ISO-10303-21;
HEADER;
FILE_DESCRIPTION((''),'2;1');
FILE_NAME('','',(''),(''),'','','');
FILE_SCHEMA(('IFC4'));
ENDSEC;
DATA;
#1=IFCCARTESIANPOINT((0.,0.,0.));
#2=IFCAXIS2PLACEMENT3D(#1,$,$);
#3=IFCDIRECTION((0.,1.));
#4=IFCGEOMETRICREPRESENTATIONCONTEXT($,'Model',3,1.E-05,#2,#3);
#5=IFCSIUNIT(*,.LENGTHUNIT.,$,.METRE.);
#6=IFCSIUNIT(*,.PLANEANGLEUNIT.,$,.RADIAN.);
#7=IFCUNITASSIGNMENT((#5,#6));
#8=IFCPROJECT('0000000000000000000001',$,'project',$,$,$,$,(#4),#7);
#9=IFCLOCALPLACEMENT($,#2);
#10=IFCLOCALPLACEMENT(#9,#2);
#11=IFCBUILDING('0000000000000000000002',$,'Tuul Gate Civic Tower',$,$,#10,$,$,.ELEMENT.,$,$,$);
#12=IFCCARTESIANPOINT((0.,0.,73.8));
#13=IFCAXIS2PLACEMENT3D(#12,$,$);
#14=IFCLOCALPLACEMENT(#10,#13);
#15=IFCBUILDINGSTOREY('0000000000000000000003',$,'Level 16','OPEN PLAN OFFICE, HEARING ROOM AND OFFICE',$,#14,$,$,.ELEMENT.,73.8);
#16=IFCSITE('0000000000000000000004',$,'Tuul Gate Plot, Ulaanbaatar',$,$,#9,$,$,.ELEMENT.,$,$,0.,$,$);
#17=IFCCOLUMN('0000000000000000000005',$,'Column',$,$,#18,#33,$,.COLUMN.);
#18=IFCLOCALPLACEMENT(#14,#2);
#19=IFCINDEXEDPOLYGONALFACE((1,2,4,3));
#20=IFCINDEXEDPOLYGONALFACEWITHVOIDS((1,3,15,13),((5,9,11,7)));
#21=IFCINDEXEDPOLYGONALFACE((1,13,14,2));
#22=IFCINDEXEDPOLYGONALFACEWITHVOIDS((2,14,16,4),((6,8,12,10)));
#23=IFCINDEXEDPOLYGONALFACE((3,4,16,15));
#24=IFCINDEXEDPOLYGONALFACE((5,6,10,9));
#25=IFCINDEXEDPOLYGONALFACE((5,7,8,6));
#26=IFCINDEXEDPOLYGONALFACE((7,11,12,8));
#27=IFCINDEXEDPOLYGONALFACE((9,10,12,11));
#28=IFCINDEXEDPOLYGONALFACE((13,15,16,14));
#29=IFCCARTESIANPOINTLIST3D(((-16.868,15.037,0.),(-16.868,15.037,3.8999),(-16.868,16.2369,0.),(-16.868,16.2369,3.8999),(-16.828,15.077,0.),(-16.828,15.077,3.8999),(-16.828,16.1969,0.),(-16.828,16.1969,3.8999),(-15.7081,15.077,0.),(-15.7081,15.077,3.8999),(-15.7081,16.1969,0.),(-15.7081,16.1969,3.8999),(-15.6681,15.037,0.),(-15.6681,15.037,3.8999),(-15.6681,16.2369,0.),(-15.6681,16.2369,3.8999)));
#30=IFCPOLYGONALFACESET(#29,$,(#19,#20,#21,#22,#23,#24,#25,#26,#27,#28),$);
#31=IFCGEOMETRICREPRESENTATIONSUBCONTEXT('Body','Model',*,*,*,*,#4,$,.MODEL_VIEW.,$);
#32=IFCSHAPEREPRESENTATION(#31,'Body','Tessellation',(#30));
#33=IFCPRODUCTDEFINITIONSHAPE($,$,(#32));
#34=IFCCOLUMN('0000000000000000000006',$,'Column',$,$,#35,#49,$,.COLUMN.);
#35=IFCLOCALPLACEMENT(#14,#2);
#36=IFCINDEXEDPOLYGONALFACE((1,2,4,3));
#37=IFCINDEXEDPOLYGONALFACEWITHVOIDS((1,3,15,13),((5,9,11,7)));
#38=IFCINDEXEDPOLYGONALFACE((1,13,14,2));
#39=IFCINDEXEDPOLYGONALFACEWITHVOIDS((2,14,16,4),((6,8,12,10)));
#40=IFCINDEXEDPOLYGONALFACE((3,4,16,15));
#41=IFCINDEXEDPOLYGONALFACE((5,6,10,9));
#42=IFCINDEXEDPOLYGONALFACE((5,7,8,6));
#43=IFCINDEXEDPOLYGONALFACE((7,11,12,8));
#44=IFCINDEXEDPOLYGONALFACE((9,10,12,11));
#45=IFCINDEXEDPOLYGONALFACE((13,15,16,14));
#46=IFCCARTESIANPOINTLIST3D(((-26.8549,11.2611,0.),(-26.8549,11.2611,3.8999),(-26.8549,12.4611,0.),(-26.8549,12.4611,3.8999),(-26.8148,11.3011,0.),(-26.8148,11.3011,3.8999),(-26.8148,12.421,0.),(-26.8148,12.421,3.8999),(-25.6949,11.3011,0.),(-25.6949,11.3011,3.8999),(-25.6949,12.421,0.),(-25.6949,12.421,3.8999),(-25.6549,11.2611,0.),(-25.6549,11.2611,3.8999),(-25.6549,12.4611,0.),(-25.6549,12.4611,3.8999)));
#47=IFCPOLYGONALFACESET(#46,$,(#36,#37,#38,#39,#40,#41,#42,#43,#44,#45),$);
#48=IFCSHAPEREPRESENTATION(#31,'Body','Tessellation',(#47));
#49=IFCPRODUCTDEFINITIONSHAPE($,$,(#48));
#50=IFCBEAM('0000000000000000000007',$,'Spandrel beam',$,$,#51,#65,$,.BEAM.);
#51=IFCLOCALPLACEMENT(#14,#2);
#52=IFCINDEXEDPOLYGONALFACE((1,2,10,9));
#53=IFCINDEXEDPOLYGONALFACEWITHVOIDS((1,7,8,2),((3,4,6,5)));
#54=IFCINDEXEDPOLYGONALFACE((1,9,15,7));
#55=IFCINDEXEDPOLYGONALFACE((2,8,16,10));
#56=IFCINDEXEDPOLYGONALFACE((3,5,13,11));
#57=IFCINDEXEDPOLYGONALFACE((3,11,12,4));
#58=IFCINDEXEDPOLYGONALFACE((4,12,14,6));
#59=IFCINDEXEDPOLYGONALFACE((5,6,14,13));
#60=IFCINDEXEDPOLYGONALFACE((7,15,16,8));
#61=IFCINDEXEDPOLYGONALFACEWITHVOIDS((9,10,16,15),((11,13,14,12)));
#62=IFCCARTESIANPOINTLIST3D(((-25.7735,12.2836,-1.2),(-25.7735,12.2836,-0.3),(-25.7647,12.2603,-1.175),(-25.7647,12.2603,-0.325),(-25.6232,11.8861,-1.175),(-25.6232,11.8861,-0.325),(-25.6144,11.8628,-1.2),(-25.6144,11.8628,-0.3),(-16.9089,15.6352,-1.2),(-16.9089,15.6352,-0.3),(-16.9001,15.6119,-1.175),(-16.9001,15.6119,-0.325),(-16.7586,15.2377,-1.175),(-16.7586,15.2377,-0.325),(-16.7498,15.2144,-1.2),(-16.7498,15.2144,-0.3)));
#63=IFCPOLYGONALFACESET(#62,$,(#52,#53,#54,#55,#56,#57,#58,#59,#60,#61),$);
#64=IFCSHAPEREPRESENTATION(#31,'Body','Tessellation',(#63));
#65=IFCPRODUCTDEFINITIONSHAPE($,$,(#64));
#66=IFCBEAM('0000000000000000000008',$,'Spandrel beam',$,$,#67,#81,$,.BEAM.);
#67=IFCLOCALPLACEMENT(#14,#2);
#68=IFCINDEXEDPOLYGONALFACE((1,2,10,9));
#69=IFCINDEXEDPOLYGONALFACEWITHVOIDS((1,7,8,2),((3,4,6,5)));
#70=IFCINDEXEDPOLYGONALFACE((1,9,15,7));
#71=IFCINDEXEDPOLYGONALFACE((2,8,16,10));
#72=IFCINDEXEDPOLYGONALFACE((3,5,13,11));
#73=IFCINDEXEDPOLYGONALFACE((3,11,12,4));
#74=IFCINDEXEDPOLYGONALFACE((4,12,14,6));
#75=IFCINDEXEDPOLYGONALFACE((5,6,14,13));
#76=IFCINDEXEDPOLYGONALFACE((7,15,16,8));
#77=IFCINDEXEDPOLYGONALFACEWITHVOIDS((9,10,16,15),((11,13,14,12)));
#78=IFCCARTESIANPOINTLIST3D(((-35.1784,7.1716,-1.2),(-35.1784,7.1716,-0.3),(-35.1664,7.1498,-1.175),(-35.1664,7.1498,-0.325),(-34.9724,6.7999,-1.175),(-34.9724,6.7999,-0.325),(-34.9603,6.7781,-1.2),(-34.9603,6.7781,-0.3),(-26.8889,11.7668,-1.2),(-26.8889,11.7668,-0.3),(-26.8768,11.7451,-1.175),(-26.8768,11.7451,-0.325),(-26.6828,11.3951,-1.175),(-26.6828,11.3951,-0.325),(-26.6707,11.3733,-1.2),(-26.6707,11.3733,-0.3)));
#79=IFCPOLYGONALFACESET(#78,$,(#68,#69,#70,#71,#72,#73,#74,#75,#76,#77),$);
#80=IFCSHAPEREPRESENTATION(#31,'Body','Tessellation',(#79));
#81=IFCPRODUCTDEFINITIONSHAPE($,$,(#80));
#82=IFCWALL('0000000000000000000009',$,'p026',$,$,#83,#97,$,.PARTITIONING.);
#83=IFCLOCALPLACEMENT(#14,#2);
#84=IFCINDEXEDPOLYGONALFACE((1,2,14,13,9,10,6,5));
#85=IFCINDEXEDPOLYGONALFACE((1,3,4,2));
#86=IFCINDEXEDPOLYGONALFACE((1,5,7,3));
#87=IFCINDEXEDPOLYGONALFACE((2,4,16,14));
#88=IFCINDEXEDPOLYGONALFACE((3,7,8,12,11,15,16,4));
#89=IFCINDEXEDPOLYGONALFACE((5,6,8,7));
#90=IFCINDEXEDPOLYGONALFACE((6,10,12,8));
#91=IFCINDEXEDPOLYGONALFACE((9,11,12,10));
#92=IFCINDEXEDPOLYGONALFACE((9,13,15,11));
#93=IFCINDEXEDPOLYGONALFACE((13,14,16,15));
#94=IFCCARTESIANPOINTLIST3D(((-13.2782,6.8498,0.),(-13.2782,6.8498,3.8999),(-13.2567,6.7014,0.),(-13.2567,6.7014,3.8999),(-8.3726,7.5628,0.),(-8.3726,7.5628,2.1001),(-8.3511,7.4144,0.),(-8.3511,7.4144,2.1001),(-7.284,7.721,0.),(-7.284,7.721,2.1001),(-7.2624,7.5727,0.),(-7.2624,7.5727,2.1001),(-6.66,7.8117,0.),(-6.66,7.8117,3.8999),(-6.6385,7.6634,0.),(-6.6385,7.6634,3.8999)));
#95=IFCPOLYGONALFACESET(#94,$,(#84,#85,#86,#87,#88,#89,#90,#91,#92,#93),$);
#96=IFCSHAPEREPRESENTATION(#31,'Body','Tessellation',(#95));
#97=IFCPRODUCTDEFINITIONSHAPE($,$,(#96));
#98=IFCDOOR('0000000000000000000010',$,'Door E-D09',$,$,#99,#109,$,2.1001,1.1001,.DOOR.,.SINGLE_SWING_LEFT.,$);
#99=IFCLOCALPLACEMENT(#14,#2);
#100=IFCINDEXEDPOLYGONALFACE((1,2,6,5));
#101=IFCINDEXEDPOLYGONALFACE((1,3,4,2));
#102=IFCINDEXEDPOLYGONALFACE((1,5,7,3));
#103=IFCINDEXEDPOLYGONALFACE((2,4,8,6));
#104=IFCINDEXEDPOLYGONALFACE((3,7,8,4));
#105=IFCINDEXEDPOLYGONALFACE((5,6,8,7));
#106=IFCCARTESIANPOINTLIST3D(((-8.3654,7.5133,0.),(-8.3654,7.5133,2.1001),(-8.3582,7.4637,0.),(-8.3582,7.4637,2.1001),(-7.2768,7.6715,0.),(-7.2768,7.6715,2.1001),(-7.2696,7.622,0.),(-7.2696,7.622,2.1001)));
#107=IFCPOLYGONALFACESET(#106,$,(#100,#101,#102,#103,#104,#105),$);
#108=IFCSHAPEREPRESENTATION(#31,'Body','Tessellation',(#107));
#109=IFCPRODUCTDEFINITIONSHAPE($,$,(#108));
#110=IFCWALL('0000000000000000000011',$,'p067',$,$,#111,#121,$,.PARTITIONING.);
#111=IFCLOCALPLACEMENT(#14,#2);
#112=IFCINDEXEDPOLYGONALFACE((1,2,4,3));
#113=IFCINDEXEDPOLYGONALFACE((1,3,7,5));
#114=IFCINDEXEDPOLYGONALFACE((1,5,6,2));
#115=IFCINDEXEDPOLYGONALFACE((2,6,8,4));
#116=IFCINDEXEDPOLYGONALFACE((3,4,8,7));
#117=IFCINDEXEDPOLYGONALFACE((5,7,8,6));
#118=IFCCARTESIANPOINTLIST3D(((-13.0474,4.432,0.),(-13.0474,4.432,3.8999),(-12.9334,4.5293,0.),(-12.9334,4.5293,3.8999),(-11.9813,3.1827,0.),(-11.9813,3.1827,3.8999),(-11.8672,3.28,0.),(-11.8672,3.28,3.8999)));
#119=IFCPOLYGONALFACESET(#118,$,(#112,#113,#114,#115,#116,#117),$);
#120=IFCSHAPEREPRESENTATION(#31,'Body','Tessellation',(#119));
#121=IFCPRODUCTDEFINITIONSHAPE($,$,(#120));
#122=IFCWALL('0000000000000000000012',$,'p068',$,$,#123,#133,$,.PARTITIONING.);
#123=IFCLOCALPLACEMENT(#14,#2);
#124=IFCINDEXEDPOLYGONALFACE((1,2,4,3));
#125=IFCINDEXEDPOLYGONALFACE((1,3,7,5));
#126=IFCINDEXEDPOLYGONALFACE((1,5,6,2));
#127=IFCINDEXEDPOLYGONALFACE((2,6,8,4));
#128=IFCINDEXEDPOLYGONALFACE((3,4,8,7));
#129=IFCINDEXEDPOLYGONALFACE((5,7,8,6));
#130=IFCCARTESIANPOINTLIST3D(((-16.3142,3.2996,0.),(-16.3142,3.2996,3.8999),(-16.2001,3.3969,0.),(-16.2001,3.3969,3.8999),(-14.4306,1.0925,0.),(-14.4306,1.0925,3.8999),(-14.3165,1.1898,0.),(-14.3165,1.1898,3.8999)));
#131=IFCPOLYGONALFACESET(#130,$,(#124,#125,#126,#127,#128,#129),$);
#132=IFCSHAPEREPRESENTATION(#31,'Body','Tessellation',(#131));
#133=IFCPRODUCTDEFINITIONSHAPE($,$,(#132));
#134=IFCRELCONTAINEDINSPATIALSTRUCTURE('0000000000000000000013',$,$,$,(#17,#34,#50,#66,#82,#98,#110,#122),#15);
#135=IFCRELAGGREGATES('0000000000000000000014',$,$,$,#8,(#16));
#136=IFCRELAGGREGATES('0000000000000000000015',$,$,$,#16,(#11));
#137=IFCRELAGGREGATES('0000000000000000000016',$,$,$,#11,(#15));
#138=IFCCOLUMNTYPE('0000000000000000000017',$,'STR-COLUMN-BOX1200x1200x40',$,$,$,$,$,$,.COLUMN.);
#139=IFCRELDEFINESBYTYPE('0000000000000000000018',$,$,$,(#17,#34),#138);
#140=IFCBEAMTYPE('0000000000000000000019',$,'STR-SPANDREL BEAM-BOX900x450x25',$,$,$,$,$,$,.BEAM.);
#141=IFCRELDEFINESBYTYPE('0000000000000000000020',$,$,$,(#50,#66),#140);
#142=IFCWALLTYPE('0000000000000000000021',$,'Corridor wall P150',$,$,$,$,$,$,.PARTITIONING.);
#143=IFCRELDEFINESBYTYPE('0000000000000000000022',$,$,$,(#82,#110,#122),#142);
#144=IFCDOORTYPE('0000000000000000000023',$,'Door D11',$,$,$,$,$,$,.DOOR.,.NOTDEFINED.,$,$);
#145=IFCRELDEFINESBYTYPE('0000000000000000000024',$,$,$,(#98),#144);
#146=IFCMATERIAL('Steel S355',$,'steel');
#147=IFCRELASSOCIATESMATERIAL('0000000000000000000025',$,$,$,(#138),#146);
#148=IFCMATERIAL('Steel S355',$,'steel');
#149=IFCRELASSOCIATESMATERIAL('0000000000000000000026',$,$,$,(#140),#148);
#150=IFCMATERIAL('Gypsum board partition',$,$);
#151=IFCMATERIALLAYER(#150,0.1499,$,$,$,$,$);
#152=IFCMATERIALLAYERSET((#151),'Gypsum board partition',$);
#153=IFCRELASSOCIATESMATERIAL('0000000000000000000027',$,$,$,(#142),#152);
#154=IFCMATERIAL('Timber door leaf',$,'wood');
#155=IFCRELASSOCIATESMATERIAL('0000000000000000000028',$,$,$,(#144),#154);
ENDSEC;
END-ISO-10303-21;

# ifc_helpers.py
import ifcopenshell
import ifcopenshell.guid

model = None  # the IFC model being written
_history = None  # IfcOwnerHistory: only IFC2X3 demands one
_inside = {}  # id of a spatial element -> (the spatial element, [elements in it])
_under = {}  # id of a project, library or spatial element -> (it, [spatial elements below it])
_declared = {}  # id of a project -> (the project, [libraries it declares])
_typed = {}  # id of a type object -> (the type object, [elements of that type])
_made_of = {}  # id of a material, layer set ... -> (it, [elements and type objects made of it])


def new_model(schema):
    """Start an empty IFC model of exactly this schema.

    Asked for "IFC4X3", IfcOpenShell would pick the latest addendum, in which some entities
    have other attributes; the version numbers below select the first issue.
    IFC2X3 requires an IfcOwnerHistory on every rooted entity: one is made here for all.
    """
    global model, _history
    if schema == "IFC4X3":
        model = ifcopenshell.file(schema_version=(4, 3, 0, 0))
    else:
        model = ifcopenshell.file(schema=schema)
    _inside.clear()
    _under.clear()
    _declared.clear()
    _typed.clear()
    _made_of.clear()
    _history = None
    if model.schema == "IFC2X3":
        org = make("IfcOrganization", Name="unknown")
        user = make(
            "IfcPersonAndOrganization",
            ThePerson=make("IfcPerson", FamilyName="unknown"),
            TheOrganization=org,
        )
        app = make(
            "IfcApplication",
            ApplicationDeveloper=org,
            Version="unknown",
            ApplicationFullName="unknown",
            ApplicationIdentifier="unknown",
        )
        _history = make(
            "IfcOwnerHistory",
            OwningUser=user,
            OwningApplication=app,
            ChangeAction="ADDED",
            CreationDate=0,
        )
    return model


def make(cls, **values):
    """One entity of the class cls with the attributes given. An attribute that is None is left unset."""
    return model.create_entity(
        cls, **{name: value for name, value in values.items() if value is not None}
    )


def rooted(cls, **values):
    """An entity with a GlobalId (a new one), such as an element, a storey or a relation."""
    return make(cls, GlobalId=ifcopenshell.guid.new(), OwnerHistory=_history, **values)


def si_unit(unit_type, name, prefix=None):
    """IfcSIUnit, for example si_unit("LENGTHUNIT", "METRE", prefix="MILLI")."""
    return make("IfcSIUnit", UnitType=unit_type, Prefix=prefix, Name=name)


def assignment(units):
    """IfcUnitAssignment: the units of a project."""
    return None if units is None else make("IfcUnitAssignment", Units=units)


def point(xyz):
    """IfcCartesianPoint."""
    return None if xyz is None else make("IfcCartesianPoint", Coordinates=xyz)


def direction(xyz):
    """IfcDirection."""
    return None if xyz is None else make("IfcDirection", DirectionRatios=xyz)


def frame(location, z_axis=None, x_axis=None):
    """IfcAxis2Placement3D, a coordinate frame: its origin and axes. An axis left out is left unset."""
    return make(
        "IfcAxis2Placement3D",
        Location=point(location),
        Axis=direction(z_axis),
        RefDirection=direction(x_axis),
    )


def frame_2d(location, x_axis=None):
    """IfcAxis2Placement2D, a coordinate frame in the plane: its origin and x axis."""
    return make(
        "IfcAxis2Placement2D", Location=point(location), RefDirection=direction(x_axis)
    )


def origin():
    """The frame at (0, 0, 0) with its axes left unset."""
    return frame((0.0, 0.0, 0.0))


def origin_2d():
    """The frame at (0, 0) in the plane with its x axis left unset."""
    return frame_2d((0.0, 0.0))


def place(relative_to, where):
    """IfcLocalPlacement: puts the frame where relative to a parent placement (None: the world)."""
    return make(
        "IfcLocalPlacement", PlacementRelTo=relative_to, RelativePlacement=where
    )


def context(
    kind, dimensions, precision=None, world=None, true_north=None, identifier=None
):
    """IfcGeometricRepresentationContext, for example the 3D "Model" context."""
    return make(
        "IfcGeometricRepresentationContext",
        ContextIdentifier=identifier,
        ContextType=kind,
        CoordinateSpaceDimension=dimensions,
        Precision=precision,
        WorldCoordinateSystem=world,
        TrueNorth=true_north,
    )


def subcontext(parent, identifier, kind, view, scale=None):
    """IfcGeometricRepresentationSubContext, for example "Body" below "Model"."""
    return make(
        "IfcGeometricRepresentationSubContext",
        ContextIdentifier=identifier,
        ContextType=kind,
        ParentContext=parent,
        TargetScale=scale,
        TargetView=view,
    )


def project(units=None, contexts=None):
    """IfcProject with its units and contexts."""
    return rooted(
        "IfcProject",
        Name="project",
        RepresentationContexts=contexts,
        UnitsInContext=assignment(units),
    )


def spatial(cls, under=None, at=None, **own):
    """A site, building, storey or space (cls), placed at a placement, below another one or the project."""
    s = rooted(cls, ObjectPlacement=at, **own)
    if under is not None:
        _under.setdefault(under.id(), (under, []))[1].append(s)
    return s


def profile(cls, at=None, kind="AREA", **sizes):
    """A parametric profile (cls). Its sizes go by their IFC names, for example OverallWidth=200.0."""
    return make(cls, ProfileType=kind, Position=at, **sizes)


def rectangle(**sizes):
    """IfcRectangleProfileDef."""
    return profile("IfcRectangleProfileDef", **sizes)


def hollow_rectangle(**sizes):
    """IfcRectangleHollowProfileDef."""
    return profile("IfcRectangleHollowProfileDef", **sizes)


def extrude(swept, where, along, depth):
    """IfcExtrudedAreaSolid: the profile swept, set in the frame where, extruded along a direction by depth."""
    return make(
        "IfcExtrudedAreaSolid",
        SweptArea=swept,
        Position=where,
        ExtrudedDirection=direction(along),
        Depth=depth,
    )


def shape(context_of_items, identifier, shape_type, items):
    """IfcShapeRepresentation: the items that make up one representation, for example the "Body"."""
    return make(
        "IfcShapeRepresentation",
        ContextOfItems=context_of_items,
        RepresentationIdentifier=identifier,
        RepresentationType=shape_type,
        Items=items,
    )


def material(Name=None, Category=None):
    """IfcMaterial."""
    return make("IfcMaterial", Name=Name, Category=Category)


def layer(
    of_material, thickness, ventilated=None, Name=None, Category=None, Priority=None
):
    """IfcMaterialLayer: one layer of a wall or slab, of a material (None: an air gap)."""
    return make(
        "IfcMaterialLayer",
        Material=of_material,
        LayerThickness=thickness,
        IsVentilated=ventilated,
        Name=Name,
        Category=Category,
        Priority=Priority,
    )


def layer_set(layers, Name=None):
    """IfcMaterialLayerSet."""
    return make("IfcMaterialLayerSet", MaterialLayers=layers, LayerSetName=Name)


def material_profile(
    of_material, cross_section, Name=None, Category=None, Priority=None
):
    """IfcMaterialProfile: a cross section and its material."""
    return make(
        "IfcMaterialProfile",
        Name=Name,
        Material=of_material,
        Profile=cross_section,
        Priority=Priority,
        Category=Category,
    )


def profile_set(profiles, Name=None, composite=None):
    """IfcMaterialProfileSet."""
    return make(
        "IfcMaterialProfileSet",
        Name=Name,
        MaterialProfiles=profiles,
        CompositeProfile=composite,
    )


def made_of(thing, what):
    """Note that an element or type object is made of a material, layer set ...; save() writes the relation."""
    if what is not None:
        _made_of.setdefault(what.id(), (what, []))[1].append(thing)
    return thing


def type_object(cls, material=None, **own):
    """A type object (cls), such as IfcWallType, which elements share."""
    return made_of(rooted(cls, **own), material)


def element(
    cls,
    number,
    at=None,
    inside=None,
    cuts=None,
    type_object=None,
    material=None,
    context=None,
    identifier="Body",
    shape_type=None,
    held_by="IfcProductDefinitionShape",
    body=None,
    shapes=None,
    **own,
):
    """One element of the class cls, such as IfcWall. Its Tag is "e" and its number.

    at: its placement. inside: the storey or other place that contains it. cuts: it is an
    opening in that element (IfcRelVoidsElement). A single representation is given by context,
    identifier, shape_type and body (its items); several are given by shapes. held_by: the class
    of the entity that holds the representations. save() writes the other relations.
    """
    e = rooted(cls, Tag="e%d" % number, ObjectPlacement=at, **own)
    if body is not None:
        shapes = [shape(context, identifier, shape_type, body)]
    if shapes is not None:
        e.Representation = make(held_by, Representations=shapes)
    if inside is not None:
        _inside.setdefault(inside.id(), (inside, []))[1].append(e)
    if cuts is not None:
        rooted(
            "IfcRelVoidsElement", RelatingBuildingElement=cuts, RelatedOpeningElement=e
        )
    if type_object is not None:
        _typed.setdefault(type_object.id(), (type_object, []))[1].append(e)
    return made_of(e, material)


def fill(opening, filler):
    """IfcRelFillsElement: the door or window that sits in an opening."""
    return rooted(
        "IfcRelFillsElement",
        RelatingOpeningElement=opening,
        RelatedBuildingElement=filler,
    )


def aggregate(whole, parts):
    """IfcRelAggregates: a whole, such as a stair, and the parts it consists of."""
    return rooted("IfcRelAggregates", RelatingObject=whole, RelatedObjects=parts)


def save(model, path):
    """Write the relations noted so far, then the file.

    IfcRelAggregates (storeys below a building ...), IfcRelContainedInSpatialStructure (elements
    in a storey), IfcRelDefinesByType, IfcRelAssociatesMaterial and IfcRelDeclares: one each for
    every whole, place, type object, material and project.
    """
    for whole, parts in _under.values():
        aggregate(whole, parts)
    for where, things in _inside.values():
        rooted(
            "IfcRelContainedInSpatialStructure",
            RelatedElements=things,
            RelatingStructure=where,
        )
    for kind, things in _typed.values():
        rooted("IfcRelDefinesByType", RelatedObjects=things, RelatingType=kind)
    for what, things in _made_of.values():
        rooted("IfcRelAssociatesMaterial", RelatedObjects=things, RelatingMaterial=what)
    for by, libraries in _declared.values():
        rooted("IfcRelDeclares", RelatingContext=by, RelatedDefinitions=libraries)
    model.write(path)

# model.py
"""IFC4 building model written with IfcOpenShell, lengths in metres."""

from ifc_helpers import new_model, si_unit, direction, frame, frame_2d, origin, origin_2d, place, context, subcontext, project, spatial, rectangle, hollow_rectangle, extrude, material, layer, layer_set, material_profile, profile_set, type_object, element, fill, save


model = new_model("IFC4")

# Units and contexts
model_context = context("Model", 3, precision=1e-05, world=origin(), true_north=direction((0.0, 1.0)))
body_context = subcontext(model_context, "Body", "Model", "MODEL_VIEW")
ifc_project = project(units=[si_unit("LENGTHUNIT", "METRE"), si_unit("PLANEANGLEUNIT", "RADIAN")], contexts=[model_context])

# Site, building, storey
site_placement = place(None, origin())
site = spatial("IfcSite", under=ifc_project, at=site_placement, Name="Tuul Gate Plot, Ulaanbaatar", CompositionType="ELEMENT", RefElevation=0.0)
building_placement = place(site_placement, origin())
building = spatial("IfcBuilding", under=site, at=building_placement, Name="Tuul Gate Civic Tower", CompositionType="ELEMENT")
storey_placement = place(building_placement, frame((0.0, 0.0, 73.8)))
storey = spatial("IfcBuildingStorey", under=building, at=storey_placement, Name="Level 16", Description="OPEN PLAN OFFICE, HEARING ROOM AND OFFICE", CompositionType="ELEMENT", Elevation=73.8)

# Columns
ifc_material_1 = material(Name="Steel S355", Category="steel")
ifc_material_profile_1 = material_profile(ifc_material_1, hollow_rectangle(XDim=1.2, YDim=1.2, WallThickness=0.04, at=origin_2d()), Name="BOX1200x1200x40")
ifc_profile_set_1 = profile_set([ifc_material_profile_1], Name="Steel S355")
column_type = type_object("IfcColumnType", Name="STR-COLUMN-BOX1200x1200x40", PredefinedType="COLUMN", material=ifc_profile_set_1)
for number, where, z_axis, x_axis, name in (
    (1, (-16.2681, 15.637, 0.0), (0.0, 0.0, 1.0), (1.0, 0.0, 0.0), "Column"),
    (2, (-26.2549, 11.8611, 0.0), (0.0, 0.0, 1.0), (1.0, 0.0, 0.0), "Column"),
):
    element("IfcColumn", number, at=place(storey_placement, frame(where, z_axis=z_axis, x_axis=x_axis)), inside=storey, type_object=column_type, Name=name, PredefinedType="COLUMN", context=body_context, shape_type="SweptSolid", body=[
        extrude(hollow_rectangle(XDim=1.2, YDim=1.2, WallThickness=0.04, at=origin_2d()), origin(), (0.0, 0.0, 1.0), 3.8999),
    ])

# Beams
ifc_material_2 = material(Name="Steel S355", Category="steel")
ifc_material_profile_2 = material_profile(ifc_material_2, hollow_rectangle(XDim=0.45, YDim=0.8999, WallThickness=0.0249, at=origin_2d()), Name="BOX900x450x25")
ifc_profile_set_2 = profile_set([ifc_material_profile_2], Name="Steel S355")
beam_type = type_object("IfcBeamType", Name="STR-SPANDREL BEAM-BOX900x450x25", PredefinedType="BEAM", material=ifc_profile_set_2)
beam_1_placement = place(storey_placement, frame((-16.8293, 15.4248, -0.75), z_axis=(-0.935376, -0.353655, 0.0), x_axis=(0.353655, -0.935376, 0.0)))
element("IfcBeam", 3, at=beam_1_placement, inside=storey, type_object=beam_type, Name="Spandrel beam", PredefinedType="BEAM", context=body_context, shape_type="SweptSolid", body=[
    extrude(hollow_rectangle(XDim=0.45, YDim=0.8999, WallThickness=0.0249, at=origin_2d()), origin(), (0.0, 0.0, 1.0), 9.4771),
])
beam_2_placement = place(storey_placement, frame((-26.7798, 11.5701, -0.75), z_axis=(-0.874609, -0.484829, 0.0), x_axis=(0.484829, -0.874609, 0.0)))
element("IfcBeam", 4, at=beam_2_placement, inside=storey, type_object=beam_type, Name="Spandrel beam", PredefinedType="BEAM", context=body_context, shape_type="SweptSolid", body=[
    extrude(hollow_rectangle(XDim=0.45, YDim=0.8999, WallThickness=0.0249, at=origin_2d()), origin(), (0.0, 0.0, 1.0), 9.478),
])

# Wall, opening, door
ifc_material_3 = material(Name="Gypsum board partition")
ifc_layer_1 = layer(ifc_material_3, 0.1499)
ifc_layer_set_1 = layer_set([ifc_layer_1], Name="Gypsum board partition")
wall_type_1 = type_object("IfcWallType", Name="Corridor wall P150", PredefinedType="PARTITIONING", material=ifc_layer_set_1)
wall_1_placement = place(storey_placement, frame((-13.2673, 6.7756, 0.0), z_axis=(0.0, 0.0, 1.0), x_axis=(0.989602, 0.143833, 0.0)))
wall_1 = element("IfcWall", 5, at=wall_1_placement, inside=storey, type_object=wall_type_1, Name="p026", PredefinedType="PARTITIONING", context=body_context, shape_type="SweptSolid", body=[
    extrude(rectangle(XDim=6.6877, YDim=0.1499, at=frame_2d((3.3438, 0.0))), origin(), (0.0, 0.0, 1.0), 3.8999),
])
opening_1_placement = place(wall_1_placement, frame((4.957, 0.0, 0.0)))
opening_1 = element("IfcOpeningElement", 6, at=opening_1_placement, cuts=wall_1, PredefinedType="OPENING", context=body_context, shape_type="SweptSolid", body=[
    extrude(rectangle(XDim=1.1001, YDim=2.1001, at=frame_2d((0.55, 1.05))), frame((0.0, 0.085, 0.0), z_axis=(0.0, -1.0, 0.0), x_axis=(1.0, 0.0, 0.0)), (0.0, 0.0, 1.0), 0.1699),
])
ifc_material_4 = material(Name="Timber door leaf", Category="wood")
door_type_1 = type_object("IfcDoorType", Name="Door D11", OperationType="NOTDEFINED", PredefinedType="DOOR", material=ifc_material_4)
door_1_placement = place(opening_1_placement, origin())
door_1 = element("IfcDoor", 7, at=door_1_placement, inside=storey, type_object=door_type_1, Name="Door E-D09", OperationType="SINGLE_SWING_LEFT", OverallHeight=2.1001, OverallWidth=1.1001, PredefinedType="DOOR", context=body_context, shape_type="SweptSolid", body=[
    extrude(rectangle(XDim=1.1001, YDim=2.1001, at=frame_2d((0.55, 1.05))), frame((0.0, 0.0249, 0.0), z_axis=(0.0, -1.0, 0.0), x_axis=(1.0, 0.0, 0.0)), (0.0, 0.0, 1.0), 0.05),
])
fill(opening_1, door_1)

# Walls
wall_2_placement = place(storey_placement, frame((-12.9905, 4.4807, 0.0), z_axis=(0.0, 0.0, 1.0), x_axis=(0.649162, -0.76065, 0.0)))
element("IfcWall", 8, at=wall_2_placement, inside=storey, type_object=wall_type_1, Name="p067", PredefinedType="PARTITIONING", context=body_context, shape_type="SweptSolid", body=[
    extrude(rectangle(XDim=1.6423, YDim=0.1499, at=frame_2d((0.8213, 0.0))), origin(), (0.0, 0.0, 1.0), 3.8999),
])
wall_3_placement = place(storey_placement, frame((-16.2571, 3.3481, 0.0), z_axis=(0.0, 0.0, 1.0), x_axis=(0.649161, -0.760651, 0.0)))
element("IfcWall", 9, at=wall_3_placement, inside=storey, type_object=wall_type_1, Name="p068", PredefinedType="PARTITIONING", context=body_context, shape_type="SweptSolid", body=[
    extrude(rectangle(XDim=2.9016, YDim=0.1499, at=frame_2d((1.4507, 0.0))), origin(), (0.0, 0.0, 1.0), 3.8999),
])

save(model, "model.ifc")
